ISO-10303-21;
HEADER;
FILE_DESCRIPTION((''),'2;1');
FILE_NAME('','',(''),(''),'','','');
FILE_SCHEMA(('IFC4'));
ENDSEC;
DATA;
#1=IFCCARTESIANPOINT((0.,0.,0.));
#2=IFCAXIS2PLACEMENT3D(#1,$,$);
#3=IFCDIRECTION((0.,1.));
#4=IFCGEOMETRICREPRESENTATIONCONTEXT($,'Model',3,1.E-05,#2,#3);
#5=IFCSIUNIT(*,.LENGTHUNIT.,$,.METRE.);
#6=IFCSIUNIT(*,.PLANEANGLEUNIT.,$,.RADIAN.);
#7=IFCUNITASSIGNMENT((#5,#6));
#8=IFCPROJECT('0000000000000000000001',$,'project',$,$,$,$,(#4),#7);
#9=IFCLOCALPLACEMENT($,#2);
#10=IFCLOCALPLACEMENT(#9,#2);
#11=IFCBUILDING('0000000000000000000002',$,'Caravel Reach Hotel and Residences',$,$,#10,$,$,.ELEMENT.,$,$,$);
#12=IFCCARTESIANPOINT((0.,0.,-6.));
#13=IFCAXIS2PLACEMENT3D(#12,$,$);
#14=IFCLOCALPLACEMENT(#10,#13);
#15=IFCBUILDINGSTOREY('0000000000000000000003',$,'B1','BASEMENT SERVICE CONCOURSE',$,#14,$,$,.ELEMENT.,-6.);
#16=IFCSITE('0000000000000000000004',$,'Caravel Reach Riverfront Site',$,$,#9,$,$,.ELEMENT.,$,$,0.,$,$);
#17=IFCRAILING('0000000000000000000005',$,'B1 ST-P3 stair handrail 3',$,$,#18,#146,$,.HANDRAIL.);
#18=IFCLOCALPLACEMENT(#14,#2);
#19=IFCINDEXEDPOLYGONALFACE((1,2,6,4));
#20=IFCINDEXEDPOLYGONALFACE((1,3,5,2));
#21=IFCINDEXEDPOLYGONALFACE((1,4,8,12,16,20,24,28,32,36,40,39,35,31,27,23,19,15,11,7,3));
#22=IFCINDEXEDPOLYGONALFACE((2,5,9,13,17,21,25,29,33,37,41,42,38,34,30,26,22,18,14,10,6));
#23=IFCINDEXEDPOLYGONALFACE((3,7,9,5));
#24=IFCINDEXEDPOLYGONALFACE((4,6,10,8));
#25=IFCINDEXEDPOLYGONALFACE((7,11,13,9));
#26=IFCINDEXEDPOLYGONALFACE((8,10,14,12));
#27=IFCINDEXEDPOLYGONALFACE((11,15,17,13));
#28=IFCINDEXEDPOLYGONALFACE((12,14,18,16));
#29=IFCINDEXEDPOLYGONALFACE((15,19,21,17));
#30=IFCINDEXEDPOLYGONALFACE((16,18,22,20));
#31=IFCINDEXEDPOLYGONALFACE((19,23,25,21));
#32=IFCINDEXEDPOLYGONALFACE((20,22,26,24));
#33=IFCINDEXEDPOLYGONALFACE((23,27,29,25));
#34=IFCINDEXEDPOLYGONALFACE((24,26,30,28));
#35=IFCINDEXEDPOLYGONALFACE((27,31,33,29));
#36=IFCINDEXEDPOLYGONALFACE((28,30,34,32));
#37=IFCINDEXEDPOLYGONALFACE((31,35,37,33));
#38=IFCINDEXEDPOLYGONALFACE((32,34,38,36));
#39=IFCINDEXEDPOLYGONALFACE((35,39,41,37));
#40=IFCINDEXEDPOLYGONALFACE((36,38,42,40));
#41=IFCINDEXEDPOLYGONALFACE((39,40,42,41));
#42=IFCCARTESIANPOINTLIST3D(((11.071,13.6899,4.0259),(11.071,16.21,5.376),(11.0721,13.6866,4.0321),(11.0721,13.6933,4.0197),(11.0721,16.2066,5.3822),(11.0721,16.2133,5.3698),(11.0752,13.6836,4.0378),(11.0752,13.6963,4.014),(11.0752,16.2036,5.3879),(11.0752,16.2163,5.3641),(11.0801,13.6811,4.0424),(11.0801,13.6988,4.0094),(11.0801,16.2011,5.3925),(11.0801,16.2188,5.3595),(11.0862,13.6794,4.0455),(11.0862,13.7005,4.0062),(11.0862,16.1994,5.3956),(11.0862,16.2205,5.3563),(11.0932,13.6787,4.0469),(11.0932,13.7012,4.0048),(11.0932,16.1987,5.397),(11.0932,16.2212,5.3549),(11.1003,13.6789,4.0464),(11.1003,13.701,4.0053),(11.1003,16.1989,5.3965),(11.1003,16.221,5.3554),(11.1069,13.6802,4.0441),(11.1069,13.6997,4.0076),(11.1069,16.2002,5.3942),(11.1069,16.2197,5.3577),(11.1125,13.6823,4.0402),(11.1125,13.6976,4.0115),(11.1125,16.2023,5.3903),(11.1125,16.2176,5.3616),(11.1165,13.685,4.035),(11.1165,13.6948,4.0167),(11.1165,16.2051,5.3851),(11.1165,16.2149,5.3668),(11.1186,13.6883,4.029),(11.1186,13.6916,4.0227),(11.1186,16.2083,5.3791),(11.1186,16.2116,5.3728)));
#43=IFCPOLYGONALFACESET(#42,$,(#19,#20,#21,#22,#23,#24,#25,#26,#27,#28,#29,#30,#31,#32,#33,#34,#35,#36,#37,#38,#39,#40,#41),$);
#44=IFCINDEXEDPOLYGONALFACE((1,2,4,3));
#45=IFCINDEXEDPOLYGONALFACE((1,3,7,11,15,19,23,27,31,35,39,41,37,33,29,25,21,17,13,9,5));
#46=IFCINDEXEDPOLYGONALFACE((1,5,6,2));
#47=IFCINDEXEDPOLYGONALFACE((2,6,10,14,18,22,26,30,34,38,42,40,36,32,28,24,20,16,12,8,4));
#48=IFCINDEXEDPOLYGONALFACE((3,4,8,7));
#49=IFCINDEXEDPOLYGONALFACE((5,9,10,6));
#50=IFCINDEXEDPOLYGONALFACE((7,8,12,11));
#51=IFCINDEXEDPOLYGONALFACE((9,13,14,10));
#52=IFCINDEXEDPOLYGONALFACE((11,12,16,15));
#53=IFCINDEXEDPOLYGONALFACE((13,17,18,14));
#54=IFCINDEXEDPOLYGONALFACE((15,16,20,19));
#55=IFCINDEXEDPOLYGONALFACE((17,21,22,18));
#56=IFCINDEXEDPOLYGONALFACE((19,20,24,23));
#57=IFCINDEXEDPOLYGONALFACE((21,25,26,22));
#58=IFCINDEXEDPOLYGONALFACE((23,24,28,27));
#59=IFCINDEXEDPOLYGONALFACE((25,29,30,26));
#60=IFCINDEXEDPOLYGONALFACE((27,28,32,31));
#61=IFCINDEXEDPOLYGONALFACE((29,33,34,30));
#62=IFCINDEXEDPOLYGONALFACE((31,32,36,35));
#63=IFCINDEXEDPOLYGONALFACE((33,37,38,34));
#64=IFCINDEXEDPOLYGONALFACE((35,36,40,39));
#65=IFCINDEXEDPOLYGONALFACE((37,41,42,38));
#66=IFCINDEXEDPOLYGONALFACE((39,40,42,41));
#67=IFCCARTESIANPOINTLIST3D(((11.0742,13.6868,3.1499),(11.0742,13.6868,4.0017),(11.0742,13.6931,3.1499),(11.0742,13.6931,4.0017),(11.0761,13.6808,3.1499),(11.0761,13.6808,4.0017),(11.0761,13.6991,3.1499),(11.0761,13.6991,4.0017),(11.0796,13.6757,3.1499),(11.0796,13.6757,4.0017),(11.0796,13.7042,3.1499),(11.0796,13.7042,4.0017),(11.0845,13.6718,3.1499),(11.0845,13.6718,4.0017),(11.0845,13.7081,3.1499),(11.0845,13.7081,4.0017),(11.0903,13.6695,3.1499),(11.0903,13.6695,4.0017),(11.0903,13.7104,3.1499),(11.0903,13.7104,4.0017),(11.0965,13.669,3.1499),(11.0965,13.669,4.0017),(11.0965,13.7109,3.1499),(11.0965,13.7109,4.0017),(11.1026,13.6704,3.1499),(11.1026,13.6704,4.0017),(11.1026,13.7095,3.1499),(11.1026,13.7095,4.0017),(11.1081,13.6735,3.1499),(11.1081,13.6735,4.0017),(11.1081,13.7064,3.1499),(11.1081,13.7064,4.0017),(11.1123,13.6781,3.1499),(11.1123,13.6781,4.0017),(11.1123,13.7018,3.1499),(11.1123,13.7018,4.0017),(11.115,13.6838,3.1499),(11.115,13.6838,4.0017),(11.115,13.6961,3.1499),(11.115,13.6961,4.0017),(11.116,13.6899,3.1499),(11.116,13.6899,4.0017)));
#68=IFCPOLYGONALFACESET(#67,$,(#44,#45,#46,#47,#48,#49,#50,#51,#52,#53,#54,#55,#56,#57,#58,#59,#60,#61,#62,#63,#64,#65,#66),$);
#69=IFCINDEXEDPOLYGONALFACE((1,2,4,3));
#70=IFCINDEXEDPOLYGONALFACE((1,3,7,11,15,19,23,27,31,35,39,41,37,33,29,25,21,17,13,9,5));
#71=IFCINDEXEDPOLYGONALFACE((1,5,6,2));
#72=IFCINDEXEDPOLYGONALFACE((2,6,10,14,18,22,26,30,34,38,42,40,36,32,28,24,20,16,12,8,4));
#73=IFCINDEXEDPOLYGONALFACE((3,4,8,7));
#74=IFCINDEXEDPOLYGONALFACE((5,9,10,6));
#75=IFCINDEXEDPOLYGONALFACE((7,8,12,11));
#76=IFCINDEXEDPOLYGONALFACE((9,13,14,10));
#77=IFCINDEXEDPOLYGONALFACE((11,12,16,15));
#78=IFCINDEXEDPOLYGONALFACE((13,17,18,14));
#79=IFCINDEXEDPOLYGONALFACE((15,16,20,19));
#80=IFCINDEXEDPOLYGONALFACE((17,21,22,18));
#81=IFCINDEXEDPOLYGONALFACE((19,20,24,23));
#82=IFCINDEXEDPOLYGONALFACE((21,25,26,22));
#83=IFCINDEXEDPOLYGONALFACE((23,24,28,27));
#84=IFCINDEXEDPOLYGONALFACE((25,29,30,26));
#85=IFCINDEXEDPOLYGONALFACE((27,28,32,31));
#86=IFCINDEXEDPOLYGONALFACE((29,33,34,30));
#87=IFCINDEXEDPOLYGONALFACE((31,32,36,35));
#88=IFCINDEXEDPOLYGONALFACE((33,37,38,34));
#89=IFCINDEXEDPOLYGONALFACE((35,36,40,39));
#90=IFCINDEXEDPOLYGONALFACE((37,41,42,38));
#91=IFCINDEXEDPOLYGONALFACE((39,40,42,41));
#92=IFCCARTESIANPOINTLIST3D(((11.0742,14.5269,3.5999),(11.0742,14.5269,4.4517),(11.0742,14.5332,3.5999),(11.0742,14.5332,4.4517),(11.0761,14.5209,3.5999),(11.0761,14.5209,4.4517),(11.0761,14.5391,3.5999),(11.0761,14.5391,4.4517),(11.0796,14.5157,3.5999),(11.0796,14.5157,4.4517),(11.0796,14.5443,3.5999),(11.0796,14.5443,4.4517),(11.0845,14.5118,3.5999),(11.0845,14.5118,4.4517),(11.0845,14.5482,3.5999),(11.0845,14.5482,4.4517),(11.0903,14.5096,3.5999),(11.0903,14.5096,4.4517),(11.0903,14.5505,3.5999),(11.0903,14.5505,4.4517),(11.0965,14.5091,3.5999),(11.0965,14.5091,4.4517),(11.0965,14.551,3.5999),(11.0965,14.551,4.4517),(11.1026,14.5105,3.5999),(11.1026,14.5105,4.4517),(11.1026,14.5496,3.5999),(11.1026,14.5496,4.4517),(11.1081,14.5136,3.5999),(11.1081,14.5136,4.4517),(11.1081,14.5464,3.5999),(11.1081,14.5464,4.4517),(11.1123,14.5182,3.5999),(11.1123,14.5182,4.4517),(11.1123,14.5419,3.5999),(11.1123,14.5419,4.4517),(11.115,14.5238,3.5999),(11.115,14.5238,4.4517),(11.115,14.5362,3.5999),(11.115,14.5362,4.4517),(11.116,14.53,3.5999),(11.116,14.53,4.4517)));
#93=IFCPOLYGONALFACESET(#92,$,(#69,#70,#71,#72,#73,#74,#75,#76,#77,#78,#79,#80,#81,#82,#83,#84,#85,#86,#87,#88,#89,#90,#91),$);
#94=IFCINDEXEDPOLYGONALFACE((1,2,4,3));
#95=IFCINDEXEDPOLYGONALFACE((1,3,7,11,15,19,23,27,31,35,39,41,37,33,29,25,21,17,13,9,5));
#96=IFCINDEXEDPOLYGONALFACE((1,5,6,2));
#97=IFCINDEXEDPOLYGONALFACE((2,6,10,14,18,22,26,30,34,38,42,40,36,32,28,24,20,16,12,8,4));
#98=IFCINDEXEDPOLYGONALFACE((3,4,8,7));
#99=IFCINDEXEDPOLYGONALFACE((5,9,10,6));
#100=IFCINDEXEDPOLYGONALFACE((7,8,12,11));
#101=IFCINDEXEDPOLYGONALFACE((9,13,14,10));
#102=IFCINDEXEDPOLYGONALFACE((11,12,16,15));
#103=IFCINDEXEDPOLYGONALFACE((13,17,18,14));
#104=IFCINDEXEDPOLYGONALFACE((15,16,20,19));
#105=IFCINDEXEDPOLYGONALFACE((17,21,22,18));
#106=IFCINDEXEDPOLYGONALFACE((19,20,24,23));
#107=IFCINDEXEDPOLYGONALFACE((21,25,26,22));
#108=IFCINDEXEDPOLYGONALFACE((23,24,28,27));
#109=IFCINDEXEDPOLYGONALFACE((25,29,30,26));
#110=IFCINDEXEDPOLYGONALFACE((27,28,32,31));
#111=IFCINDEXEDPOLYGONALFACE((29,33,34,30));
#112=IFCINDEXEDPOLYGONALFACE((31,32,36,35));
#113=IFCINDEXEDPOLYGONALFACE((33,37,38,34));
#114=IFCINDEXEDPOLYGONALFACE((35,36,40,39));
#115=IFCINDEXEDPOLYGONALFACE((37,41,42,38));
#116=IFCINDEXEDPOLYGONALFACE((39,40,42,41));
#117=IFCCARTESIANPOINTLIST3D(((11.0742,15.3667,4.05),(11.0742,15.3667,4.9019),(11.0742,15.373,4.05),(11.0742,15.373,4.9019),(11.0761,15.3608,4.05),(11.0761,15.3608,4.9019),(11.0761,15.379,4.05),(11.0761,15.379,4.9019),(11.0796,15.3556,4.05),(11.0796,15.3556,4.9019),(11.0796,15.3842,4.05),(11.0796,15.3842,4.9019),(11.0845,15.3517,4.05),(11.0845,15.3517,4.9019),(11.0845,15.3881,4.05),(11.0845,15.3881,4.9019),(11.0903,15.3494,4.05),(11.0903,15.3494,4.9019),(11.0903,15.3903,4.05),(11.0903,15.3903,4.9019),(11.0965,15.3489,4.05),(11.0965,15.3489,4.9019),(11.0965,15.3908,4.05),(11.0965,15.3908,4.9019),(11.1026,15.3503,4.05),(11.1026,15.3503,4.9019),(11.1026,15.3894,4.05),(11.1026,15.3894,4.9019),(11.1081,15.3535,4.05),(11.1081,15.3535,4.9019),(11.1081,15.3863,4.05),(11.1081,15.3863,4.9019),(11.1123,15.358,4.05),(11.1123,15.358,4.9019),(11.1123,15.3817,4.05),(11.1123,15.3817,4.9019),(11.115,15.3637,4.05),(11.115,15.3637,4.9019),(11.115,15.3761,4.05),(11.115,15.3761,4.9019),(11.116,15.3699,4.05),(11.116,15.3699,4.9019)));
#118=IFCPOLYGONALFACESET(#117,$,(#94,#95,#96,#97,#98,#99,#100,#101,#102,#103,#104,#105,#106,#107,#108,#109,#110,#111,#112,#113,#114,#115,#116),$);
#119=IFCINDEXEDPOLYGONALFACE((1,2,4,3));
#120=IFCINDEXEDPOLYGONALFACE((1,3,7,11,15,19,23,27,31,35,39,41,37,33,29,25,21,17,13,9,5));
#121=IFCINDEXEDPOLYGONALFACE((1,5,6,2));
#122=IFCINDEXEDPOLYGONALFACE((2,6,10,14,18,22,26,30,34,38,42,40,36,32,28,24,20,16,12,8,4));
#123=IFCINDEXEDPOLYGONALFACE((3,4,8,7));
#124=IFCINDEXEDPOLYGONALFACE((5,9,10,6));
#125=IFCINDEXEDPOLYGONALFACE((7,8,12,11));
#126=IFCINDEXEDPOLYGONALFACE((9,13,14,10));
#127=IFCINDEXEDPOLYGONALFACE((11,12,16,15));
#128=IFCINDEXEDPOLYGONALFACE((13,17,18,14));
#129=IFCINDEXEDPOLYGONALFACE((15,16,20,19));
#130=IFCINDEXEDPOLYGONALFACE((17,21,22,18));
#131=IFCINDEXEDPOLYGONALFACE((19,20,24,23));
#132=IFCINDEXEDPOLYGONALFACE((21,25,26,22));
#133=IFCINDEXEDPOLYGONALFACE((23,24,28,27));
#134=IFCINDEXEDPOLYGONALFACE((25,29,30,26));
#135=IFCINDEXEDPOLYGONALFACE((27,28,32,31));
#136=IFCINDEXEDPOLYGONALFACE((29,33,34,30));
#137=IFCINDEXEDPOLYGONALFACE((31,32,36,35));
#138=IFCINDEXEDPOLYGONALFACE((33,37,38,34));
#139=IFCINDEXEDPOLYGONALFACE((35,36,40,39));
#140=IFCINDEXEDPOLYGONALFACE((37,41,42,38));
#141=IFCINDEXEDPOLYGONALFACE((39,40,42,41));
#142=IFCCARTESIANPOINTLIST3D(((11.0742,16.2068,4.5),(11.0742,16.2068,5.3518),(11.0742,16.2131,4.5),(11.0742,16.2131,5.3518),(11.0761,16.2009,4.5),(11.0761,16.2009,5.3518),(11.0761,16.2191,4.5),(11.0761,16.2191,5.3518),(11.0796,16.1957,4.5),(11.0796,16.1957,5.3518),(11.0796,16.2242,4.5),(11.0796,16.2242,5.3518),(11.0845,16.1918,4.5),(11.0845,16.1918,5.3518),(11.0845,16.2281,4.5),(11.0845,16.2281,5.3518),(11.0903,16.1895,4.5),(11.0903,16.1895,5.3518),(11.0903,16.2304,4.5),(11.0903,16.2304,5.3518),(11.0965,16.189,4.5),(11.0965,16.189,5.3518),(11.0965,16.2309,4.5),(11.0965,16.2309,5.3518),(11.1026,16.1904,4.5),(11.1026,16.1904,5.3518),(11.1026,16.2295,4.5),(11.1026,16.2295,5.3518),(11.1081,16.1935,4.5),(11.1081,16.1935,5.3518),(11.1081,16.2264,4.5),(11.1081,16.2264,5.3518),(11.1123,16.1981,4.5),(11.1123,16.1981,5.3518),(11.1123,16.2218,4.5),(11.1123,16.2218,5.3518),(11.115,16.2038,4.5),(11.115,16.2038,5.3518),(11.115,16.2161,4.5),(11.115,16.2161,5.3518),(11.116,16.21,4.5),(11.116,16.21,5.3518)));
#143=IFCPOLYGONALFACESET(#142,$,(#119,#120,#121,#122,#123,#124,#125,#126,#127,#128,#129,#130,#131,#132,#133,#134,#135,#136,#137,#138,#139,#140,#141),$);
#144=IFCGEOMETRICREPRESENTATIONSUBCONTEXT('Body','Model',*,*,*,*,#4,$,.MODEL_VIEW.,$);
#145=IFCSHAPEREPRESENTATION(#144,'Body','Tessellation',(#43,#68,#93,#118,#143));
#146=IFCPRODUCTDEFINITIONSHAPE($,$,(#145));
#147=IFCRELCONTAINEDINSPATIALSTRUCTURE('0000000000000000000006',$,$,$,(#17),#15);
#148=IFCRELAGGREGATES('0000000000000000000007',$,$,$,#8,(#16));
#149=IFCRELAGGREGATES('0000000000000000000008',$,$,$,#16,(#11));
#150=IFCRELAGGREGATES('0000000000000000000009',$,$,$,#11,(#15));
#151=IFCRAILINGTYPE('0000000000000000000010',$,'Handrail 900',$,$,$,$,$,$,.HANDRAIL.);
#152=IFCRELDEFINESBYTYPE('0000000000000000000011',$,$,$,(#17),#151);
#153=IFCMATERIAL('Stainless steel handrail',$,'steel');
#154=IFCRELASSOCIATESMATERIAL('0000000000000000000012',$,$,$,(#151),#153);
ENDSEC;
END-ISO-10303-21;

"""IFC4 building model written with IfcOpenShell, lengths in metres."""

from ifc_helpers import new_model, si_unit, direction, frame, origin, origin_2d, place, context, subcontext, project, spatial, circle, extrude, material, type_object, element, save


model = new_model("IFC4")

# Units and contexts
model_context = context("Model", 3, precision=1e-05, world=origin(), true_north=direction((0.0, 1.0)))
body_context = subcontext(model_context, "Body", "Model", "MODEL_VIEW")
ifc_project = project(units=[si_unit("LENGTHUNIT", "METRE"), si_unit("PLANEANGLEUNIT", "RADIAN")], contexts=[model_context])

# Site, building, storey
site_placement = place(None, origin())
site = spatial("IfcSite", under=ifc_project, at=site_placement, Name="Caravel Reach Riverfront Site", CompositionType="ELEMENT", RefElevation=0.0)
building_placement = place(site_placement, origin())
building = spatial("IfcBuilding", under=site, at=building_placement, Name="Caravel Reach Hotel and Residences", CompositionType="ELEMENT")
storey_placement = place(building_placement, frame((0.0, 0.0, -6.0)))
storey = spatial("IfcBuildingStorey", under=building, at=storey_placement, Name="B1", Description="BASEMENT SERVICE CONCOURSE", CompositionType="ELEMENT", Elevation=-6.0)

# Railing
ifc_material_1 = material(Name="Stainless steel handrail", Category="steel")
railing_type_1 = type_object("IfcRailingType", Name="Handrail 900", PredefinedType="HANDRAIL", material=ifc_material_1)
for number, where, name in (
    (1, (11.095, 13.6899, 3.1499), "B1 ST-P3 stair handrail 3"),
):
    element("IfcRailing", number, at=place(storey_placement, frame(where)), inside=storey, type_object=railing_type_1, Name=name, PredefinedType="HANDRAIL", context=body_context, shape_type="SweptSolid", body=[
        extrude(circle(Radius=0.0239, at=origin_2d()), frame((0.0, 0.0, 0.876), z_axis=(0.0, 0.881467, 0.472245), x_axis=(-1.0, 0.0, 0.0)), (0.0, 0.0, 1.0), 2.8589),
        extrude(circle(Radius=0.021, at=origin_2d()), origin(), (0.0, 0.0, 1.0), 0.8518),
        extrude(circle(Radius=0.021, at=origin_2d()), frame((0.0, 0.8401, 0.45)), (0.0, 0.0, 1.0), 0.8518),
        extrude(circle(Radius=0.021, at=origin_2d()), frame((0.0, 1.6799, 0.9001)), (0.0, 0.0, 1.0), 0.8518),
        extrude(circle(Radius=0.021, at=origin_2d()), frame((0.0, 2.52, 1.3501)), (0.0, 0.0, 1.0), 0.8518),
    ])

save(model, "model.ifc")
